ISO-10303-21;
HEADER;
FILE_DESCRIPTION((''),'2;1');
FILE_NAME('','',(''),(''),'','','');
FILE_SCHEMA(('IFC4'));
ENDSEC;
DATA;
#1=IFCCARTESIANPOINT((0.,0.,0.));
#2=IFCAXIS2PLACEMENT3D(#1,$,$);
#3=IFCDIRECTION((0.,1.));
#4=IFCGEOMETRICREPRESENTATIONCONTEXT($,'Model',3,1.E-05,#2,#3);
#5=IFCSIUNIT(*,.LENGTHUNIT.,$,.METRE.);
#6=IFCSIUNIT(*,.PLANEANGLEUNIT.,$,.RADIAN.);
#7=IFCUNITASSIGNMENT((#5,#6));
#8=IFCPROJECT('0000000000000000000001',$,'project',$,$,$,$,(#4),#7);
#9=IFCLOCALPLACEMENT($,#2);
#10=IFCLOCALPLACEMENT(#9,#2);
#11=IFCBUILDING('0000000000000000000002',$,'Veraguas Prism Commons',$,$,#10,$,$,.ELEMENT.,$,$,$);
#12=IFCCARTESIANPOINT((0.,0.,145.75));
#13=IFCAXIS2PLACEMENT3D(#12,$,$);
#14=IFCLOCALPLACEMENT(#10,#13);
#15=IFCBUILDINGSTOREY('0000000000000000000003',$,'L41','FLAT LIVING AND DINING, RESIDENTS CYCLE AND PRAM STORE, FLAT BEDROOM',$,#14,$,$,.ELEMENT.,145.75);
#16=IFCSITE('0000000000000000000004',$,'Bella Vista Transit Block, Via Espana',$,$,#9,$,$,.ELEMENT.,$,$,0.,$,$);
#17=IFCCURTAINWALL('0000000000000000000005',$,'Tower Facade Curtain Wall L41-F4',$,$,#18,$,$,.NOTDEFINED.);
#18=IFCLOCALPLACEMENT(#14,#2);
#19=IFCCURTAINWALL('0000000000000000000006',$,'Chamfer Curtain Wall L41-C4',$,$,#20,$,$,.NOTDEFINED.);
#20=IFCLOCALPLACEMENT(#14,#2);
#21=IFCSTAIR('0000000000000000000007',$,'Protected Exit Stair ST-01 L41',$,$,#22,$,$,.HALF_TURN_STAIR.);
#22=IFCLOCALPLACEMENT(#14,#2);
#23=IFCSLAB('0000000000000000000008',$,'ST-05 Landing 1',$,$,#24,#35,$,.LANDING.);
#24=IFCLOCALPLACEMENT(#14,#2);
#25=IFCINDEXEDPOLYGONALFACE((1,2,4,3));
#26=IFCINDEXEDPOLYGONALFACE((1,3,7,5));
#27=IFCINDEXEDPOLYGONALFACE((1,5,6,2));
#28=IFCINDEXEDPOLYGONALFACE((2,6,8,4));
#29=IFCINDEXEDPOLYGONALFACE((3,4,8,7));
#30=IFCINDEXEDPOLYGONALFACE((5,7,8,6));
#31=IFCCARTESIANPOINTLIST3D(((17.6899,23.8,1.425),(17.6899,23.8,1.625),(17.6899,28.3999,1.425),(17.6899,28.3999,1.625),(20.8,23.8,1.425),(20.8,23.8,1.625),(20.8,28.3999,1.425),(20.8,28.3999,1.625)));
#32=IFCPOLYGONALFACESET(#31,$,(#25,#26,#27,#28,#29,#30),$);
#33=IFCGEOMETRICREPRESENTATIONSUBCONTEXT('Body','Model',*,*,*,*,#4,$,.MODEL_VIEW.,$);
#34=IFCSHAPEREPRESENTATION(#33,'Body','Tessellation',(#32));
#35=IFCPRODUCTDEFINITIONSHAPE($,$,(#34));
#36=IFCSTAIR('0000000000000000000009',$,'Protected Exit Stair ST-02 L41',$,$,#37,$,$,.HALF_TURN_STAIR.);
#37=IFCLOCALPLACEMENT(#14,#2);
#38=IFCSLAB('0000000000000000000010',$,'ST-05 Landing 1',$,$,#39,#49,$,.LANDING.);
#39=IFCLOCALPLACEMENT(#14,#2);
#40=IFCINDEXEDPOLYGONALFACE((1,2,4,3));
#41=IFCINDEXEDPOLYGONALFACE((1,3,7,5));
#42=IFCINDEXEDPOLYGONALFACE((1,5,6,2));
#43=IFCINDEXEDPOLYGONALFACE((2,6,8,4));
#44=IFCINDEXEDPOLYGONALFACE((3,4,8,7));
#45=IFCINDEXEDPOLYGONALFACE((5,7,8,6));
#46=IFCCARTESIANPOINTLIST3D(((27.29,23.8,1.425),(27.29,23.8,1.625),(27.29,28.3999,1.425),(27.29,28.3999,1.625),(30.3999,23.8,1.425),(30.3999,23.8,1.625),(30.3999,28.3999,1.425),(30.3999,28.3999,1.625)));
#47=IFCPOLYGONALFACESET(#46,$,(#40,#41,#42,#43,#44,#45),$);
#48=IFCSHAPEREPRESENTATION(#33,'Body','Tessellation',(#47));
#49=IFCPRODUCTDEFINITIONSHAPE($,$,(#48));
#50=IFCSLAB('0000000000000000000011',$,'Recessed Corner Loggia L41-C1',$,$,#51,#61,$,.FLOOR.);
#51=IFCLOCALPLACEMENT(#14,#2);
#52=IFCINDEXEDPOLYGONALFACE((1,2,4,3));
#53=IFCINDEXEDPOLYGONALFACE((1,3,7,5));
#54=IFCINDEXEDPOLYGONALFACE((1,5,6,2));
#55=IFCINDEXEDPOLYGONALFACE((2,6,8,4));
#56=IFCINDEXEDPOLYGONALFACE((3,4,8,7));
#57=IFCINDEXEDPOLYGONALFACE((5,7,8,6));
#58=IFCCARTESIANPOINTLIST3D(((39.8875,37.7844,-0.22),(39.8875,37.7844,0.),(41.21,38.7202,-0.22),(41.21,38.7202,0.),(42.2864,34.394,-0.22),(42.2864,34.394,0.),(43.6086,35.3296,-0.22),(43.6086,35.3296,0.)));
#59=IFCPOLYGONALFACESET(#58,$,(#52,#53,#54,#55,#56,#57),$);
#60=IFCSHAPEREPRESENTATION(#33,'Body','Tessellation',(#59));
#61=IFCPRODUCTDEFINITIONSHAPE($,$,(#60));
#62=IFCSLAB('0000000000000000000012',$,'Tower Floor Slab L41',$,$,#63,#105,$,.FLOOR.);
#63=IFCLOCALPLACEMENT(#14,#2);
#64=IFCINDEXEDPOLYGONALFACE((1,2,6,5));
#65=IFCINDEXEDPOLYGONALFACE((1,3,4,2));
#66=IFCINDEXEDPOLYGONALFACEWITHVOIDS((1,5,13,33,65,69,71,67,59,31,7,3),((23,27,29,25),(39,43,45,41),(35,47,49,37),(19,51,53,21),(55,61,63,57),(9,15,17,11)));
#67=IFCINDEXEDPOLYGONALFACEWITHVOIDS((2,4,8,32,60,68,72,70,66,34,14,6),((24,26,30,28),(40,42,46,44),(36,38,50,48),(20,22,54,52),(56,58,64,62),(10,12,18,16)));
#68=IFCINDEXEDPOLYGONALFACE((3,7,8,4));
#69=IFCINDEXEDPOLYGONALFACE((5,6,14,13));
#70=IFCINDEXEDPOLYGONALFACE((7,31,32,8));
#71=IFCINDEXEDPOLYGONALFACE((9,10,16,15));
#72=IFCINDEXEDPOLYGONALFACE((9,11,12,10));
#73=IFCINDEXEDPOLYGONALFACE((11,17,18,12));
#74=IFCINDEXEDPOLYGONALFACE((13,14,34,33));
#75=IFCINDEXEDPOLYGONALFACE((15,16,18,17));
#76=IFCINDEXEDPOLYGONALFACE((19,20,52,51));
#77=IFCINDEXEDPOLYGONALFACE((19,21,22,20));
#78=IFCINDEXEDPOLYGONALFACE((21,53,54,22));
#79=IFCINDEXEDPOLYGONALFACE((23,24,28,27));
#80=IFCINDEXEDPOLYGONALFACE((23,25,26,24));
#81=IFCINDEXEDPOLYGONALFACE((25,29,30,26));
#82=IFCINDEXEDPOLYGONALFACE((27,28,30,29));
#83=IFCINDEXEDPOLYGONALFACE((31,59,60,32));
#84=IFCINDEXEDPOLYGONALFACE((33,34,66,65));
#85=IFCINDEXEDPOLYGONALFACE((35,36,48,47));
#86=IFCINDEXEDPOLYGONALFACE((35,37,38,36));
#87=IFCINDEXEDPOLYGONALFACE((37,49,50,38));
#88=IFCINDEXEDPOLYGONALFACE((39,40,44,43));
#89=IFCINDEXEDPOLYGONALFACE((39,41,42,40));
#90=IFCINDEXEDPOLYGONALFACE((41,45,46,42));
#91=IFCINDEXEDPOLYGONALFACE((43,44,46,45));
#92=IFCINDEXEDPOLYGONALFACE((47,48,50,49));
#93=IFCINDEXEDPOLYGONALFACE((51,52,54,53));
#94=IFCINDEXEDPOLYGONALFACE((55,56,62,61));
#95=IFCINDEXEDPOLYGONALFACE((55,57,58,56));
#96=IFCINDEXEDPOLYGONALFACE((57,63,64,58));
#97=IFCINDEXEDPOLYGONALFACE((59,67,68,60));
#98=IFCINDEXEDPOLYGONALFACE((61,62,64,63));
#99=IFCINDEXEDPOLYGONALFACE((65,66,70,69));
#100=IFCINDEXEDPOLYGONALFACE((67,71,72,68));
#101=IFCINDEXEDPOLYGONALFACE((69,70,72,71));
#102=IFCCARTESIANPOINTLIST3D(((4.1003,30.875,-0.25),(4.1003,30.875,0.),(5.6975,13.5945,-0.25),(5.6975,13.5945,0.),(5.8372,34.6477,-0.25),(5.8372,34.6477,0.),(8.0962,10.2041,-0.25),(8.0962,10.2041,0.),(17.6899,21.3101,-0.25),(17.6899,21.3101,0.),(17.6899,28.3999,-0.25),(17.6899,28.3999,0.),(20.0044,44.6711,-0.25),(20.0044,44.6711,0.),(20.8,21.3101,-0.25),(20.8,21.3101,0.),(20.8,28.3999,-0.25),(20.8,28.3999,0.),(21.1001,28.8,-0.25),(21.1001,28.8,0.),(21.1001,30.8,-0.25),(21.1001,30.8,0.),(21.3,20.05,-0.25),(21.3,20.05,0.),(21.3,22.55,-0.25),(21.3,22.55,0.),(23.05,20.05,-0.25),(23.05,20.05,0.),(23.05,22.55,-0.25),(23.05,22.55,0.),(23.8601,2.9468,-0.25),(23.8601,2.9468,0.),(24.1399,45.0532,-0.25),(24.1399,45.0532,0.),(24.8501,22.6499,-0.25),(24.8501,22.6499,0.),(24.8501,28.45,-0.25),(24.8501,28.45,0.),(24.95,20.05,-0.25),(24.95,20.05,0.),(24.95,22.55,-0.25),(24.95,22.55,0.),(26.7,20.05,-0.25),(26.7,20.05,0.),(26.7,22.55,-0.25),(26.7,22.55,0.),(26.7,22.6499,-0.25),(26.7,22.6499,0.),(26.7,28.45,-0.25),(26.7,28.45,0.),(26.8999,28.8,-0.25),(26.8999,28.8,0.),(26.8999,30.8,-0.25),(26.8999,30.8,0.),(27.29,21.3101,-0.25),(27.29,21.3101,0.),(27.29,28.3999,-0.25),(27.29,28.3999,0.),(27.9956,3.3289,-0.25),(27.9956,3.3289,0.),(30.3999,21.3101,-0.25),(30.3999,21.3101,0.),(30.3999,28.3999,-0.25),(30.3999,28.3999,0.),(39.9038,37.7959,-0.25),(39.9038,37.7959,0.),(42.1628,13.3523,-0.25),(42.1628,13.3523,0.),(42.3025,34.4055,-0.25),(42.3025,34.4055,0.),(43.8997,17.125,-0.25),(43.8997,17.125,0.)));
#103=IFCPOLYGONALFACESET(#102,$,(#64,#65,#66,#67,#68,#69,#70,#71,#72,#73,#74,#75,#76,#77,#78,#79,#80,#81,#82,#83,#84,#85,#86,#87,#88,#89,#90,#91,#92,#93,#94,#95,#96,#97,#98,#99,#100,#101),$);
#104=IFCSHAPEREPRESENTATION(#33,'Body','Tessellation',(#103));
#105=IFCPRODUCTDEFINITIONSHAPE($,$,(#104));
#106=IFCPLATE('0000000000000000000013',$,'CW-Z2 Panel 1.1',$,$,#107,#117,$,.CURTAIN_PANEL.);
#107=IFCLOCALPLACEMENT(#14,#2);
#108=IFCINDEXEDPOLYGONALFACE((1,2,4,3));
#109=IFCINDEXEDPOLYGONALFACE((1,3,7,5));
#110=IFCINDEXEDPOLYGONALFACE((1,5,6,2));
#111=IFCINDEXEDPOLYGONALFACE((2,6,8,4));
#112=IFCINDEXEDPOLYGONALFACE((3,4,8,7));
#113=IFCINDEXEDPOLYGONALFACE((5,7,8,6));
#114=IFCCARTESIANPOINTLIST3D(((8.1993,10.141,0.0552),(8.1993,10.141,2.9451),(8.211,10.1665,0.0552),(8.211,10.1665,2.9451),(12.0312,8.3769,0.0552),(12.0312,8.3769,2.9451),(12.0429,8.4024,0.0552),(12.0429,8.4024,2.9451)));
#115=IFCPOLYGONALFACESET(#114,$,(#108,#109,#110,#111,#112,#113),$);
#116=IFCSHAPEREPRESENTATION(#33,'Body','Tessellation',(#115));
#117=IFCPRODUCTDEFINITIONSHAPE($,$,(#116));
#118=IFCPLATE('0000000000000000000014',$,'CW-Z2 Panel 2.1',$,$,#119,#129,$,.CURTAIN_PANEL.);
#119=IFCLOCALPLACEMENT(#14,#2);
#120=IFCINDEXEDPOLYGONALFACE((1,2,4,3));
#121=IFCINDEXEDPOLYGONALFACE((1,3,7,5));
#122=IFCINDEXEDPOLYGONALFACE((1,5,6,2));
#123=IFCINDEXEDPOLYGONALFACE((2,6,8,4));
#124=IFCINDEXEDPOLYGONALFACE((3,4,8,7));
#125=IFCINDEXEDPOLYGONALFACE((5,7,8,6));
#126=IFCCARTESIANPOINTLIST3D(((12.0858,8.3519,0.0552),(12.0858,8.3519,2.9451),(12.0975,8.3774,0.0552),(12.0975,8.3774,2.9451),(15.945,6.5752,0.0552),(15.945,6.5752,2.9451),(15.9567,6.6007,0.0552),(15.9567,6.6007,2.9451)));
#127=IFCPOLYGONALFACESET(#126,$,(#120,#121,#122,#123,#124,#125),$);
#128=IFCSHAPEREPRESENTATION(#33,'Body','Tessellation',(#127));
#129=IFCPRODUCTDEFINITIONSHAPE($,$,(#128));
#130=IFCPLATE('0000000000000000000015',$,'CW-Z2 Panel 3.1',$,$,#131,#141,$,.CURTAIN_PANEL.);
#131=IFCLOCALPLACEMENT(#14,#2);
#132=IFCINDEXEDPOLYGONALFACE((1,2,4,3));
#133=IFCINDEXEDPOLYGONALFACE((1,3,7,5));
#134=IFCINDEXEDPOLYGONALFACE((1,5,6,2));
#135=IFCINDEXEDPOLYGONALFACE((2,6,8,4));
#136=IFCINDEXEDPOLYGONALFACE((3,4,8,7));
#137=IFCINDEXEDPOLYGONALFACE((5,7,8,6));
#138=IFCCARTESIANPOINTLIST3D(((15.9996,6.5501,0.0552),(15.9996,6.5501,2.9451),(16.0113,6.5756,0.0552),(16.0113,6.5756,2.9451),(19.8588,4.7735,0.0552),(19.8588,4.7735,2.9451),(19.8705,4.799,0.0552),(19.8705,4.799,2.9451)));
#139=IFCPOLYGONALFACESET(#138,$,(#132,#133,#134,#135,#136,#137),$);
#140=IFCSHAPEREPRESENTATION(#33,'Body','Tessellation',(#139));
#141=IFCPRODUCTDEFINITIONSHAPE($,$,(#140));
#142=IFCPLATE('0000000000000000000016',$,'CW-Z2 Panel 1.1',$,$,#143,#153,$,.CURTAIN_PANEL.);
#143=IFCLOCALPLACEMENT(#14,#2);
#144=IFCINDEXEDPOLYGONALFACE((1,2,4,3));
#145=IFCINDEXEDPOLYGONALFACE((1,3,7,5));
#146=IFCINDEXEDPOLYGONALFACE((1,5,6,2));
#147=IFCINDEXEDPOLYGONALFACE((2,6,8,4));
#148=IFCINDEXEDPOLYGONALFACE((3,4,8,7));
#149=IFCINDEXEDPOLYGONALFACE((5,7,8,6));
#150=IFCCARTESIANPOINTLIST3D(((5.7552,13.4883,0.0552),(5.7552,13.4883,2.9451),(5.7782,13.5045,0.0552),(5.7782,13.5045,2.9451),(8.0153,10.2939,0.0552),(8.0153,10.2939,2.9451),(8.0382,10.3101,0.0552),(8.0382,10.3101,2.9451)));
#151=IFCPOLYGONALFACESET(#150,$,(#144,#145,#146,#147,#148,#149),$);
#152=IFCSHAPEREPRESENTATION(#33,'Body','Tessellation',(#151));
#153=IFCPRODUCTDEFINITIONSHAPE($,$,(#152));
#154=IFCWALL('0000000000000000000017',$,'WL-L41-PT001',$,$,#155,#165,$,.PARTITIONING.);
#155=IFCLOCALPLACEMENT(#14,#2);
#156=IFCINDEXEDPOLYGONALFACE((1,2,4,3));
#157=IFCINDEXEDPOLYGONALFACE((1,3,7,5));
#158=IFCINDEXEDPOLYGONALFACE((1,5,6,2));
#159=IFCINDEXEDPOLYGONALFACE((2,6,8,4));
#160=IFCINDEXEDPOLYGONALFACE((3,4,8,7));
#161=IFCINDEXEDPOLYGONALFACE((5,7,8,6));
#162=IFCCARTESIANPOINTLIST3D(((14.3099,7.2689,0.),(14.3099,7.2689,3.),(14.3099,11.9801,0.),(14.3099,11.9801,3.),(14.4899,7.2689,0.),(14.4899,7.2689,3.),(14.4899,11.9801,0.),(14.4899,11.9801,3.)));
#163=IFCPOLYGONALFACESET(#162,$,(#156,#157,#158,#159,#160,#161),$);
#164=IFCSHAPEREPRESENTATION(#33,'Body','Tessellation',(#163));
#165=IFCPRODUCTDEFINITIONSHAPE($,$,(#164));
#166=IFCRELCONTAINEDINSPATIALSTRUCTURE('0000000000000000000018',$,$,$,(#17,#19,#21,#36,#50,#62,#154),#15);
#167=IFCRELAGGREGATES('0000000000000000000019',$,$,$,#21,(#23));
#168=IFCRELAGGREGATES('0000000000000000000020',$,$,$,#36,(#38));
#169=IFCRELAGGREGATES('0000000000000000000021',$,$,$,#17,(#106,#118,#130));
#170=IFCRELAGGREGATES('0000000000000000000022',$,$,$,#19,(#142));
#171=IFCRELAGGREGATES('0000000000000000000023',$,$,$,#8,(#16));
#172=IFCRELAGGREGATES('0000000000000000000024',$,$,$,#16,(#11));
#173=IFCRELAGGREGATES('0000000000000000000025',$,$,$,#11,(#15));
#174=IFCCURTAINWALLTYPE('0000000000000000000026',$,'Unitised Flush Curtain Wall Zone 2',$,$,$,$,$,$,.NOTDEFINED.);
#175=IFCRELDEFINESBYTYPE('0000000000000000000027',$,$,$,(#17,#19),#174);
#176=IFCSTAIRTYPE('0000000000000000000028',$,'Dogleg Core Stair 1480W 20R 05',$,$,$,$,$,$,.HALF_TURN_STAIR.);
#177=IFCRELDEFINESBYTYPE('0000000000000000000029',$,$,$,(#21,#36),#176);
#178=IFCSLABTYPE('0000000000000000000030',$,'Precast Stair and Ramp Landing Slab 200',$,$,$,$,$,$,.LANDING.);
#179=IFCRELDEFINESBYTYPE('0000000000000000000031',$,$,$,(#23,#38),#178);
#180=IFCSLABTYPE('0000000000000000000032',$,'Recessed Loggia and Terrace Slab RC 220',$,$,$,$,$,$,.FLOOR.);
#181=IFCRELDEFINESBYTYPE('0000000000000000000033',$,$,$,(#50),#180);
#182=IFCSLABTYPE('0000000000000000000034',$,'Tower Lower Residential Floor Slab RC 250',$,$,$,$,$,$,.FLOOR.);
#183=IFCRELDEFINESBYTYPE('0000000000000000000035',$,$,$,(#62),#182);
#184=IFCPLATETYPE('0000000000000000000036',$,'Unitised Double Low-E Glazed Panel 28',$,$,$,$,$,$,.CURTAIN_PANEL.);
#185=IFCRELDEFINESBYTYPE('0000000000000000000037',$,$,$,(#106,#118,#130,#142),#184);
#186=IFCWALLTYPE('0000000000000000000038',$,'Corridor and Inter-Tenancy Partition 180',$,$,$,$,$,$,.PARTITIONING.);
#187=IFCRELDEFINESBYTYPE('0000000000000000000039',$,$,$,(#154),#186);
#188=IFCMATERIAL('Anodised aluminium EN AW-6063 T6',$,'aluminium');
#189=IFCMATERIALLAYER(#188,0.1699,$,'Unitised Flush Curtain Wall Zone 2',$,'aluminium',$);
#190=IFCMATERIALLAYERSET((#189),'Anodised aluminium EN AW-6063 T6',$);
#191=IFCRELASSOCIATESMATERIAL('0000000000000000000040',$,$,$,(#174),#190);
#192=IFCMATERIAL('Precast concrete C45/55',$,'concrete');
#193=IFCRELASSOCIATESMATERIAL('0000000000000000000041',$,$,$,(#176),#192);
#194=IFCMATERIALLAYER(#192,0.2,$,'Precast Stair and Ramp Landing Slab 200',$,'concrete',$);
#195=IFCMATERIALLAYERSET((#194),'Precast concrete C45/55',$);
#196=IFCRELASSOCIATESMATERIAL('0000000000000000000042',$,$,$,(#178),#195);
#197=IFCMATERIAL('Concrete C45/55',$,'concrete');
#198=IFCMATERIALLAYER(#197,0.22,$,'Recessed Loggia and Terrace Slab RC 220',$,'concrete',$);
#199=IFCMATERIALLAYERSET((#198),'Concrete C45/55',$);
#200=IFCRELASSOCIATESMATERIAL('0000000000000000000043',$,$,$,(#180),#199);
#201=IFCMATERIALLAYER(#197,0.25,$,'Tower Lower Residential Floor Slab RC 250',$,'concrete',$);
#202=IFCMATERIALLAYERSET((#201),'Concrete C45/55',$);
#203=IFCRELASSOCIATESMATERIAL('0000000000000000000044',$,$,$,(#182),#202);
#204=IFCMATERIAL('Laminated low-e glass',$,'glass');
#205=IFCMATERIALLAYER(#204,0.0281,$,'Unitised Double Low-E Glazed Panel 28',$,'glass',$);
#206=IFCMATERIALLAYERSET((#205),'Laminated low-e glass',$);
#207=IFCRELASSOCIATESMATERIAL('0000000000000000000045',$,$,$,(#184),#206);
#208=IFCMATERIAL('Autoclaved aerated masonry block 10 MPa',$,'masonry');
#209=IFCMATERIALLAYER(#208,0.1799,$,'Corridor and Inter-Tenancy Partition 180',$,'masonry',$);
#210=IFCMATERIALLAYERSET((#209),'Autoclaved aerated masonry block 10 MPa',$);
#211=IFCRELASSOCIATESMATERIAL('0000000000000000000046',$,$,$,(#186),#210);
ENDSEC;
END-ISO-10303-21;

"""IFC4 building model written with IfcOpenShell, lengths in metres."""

from ifc_helpers import new_model, si_unit, direction, frame, frame_2d, origin, origin_2d, place, context, subcontext, project, spatial, polyline, rectangle, outline, extrude, source, transform, mapped, material, layer, layer_set, type_object, element, aggregate, save


model = new_model("IFC4")

# Units and contexts
model_context = context("Model", 3, precision=1e-05, world=origin(), true_north=direction((0.0, 1.0)))
body_context = subcontext(model_context, "Body", "Model", "MODEL_VIEW")
ifc_project = project(units=[si_unit("LENGTHUNIT", "METRE"), si_unit("PLANEANGLEUNIT", "RADIAN")], contexts=[model_context])

# Site, building, storey
site_placement = place(None, origin())
site = spatial("IfcSite", under=ifc_project, at=site_placement, Name="Bella Vista Transit Block, Via Espana", CompositionType="ELEMENT", RefElevation=0.0)
building_placement = place(site_placement, origin())
building = spatial("IfcBuilding", under=site, at=building_placement, Name="Veraguas Prism Commons", CompositionType="ELEMENT")
storey_placement = place(building_placement, frame((0.0, 0.0, 145.75)))
storey = spatial("IfcBuildingStorey", under=building, at=storey_placement, Name="L41", Description="FLAT LIVING AND DINING, RESIDENTS CYCLE AND PRAM STORE, FLAT BEDROOM", CompositionType="ELEMENT", Elevation=145.75)

# Curtain wall
ifc_material_1 = material(Name="Anodised aluminium EN AW-6063 T6", Category="aluminium")
ifc_layer_1 = layer(ifc_material_1, 0.1699, Name="Unitised Flush Curtain Wall Zone 2", Category="aluminium")
ifc_layer_set_1 = layer_set([ifc_layer_1], Name="Anodised aluminium EN AW-6063 T6")
curtain_wall_type = type_object("IfcCurtainWallType", Name="Unitised Flush Curtain Wall Zone 2", PredefinedType="NOTDEFINED", material=ifc_layer_set_1)
curtain_wall_1_placement = place(storey_placement, origin())
curtain_wall_1 = element("IfcCurtainWall", 1, at=curtain_wall_1_placement, inside=storey, type_object=curtain_wall_type, Name="Tower Facade Curtain Wall L41-F4", PredefinedType="NOTDEFINED")

# Curtain wall
curtain_wall_2_placement = place(storey_placement, origin())
curtain_wall_2 = element("IfcCurtainWall", 2, at=curtain_wall_2_placement, inside=storey, type_object=curtain_wall_type, Name="Chamfer Curtain Wall L41-C4", PredefinedType="NOTDEFINED")

# Stairs, slabs
ifc_material_2 = material(Name="Precast concrete C45/55", Category="concrete")
stair_type = type_object("IfcStairType", Name="Dogleg Core Stair 1480W 20R 05", PredefinedType="HALF_TURN_STAIR", material=ifc_material_2)
stair_1_placement = place(storey_placement, origin())
stair_1 = element("IfcStair", 3, at=stair_1_placement, inside=storey, type_object=stair_type, Name="Protected Exit Stair ST-01 L41", PredefinedType="HALF_TURN_STAIR")
ifc_layer_2 = layer(ifc_material_2, 0.2, Name="Precast Stair and Ramp Landing Slab 200", Category="concrete")
ifc_layer_set_2 = layer_set([ifc_layer_2], Name="Precast concrete C45/55")
slab_type_1 = type_object("IfcSlabType", Name="Precast Stair and Ramp Landing Slab 200", PredefinedType="LANDING", material=ifc_layer_set_2)
slab_1_placement = place(storey_placement, frame((0.0, 0.0, 1.425)))
slab_1 = element("IfcSlab", 4, at=slab_1_placement, type_object=slab_type_1, Name="ST-05 Landing 1", PredefinedType="LANDING", context=body_context, shape_type="SweptSolid", body=[
    extrude(outline(polyline([(20.8, 23.8), (20.8, 28.3999), (17.6899, 28.3999), (17.6899, 23.8), (20.8, 23.8)])), origin(), (0.0, 0.0, 1.0), 0.2),
])
aggregate(stair_1, [slab_1])
stair_2_placement = place(storey_placement, origin())
stair_2 = element("IfcStair", 5, at=stair_2_placement, inside=storey, type_object=stair_type, Name="Protected Exit Stair ST-02 L41", PredefinedType="HALF_TURN_STAIR")
slab_2_placement = place(storey_placement, frame((0.0, 0.0, 1.425)))
slab_2 = element("IfcSlab", 6, at=slab_2_placement, type_object=slab_type_1, Name="ST-05 Landing 1", PredefinedType="LANDING", context=body_context, shape_type="SweptSolid", body=[
    extrude(outline(polyline([(30.3999, 23.8), (30.3999, 28.3999), (27.29, 28.3999), (27.29, 23.8), (30.3999, 23.8)])), origin(), (0.0, 0.0, 1.0), 0.2),
])
aggregate(stair_2, [slab_2])

# Slabs
ifc_material_3 = material(Name="Concrete C45/55", Category="concrete")
ifc_layer_3 = layer(ifc_material_3, 0.22, Name="Recessed Loggia and Terrace Slab RC 220", Category="concrete")
ifc_layer_set_3 = layer_set([ifc_layer_3], Name="Concrete C45/55")
slab_type_2 = type_object("IfcSlabType", Name="Recessed Loggia and Terrace Slab RC 220", PredefinedType="FLOOR", material=ifc_layer_set_3)
slab_3_placement = place(storey_placement, frame((0.0, 0.0, -0.22)))
element("IfcSlab", 7, at=slab_3_placement, inside=storey, type_object=slab_type_2, Name="Recessed Corner Loggia L41-C1", PredefinedType="FLOOR", context=body_context, shape_type="SweptSolid", body=[
    extrude(outline(polyline([(42.2864, 34.394), (43.6086, 35.3296), (41.21, 38.7202), (39.8875, 37.7844), (42.2864, 34.394)])), origin(), (0.0, 0.0, 1.0), 0.22),
])
ifc_layer_4 = layer(ifc_material_3, 0.25, Name="Tower Lower Residential Floor Slab RC 250", Category="concrete")
ifc_layer_set_4 = layer_set([ifc_layer_4], Name="Concrete C45/55")
slab_type_3 = type_object("IfcSlabType", Name="Tower Lower Residential Floor Slab RC 250", PredefinedType="FLOOR", material=ifc_layer_set_4)
slab_4_placement = place(storey_placement, frame((0.0, 0.0, -0.25)))
element("IfcSlab", 8, at=slab_4_placement, inside=storey, type_object=slab_type_3, Name="Tower Floor Slab L41", PredefinedType="FLOOR", context=body_context, shape_type="SweptSolid", body=[
    extrude(outline(polyline([(42.3025, 34.4055), (39.9038, 37.7959), (24.1399, 45.0532), (20.0044, 44.6711), (5.8372, 34.6477), (4.1003, 30.875), (5.6975, 13.5945), (8.0962, 10.2041), (23.8601, 2.9468), (27.9956, 3.3289), (42.1628, 13.3523), (43.8997, 17.125), (42.3025, 34.4055)]), holes=[polyline([(20.8, 21.3101), (20.8, 28.3999), (17.6899, 28.3999), (17.6899, 21.3101), (20.8, 21.3101)]), polyline([(30.3999, 21.3101), (30.3999, 28.3999), (27.29, 28.3999), (27.29, 21.3101), (30.3999, 21.3101)]), polyline([(24.8501, 22.6499), (26.7, 22.6499), (26.7, 28.45), (24.8501, 28.45), (24.8501, 22.6499)]), polyline([(21.1001, 28.8), (26.8999, 28.8), (26.8999, 30.8), (21.1001, 30.8), (21.1001, 28.8)]), polyline([(21.3, 20.05), (23.05, 20.05), (23.05, 22.55), (21.3, 22.55), (21.3, 20.05)]), polyline([(24.95, 20.05), (26.7, 20.05), (26.7, 22.55), (24.95, 22.55), (24.95, 20.05)])]), origin(), (0.0, 0.0, 1.0), 0.25),
])

# Plates
ifc_material_4 = material(Name="Laminated low-e glass", Category="glass")
ifc_layer_5 = layer(ifc_material_4, 0.0281, Name="Unitised Double Low-E Glazed Panel 28", Category="glass")
ifc_layer_set_5 = layer_set([ifc_layer_5], Name="Laminated low-e glass")
plate_type = type_object("IfcPlateType", Name="Unitised Double Low-E Glazed Panel 28", PredefinedType="CURTAIN_PANEL", material=ifc_layer_set_5)
shared_shape_1 = source(origin(), body_context, "Body", "SweptSolid", [
    extrude(rectangle(XDim=4.2185, YDim=0.0281, at=origin_2d()), origin(), (0.0, 0.0, 1.0), 2.8899),
])
plate_1_placement = place(storey_placement, frame((10.1211, 9.2717, 0.0552), z_axis=(0.0, 0.0, 1.0), x_axis=(0.908363, -0.418183, 0.0)))
plate_1 = element("IfcPlate", 9, at=plate_1_placement, type_object=plate_type, Name="CW-Z2 Panel 1.1", PredefinedType="CURTAIN_PANEL", context=body_context, shape_type="MappedRepresentation", body=[
    mapped(shared_shape_1, transform((0.0, 0.0, 0.0), scale=1.0)),
])
shared_shape_2 = source(origin(), body_context, "Body", "SweptSolid", [
    extrude(rectangle(XDim=4.2485, YDim=0.0281, at=origin_2d()), origin(), (0.0, 0.0, 1.0), 2.8899),
])
plate_2_placement = place(storey_placement, frame((14.0212, 7.4763, 0.0552), z_axis=(0.0, 0.0, 1.0), x_axis=(0.908363, -0.418183, 0.0)))
plate_2 = element("IfcPlate", 10, at=plate_2_placement, type_object=plate_type, Name="CW-Z2 Panel 2.1", PredefinedType="CURTAIN_PANEL", context=body_context, shape_type="MappedRepresentation", body=[
    mapped(shared_shape_2, transform((0.0, 0.0, 0.0), scale=1.0)),
])
plate_3_placement = place(storey_placement, frame((17.9351, 5.6746, 0.0552), z_axis=(0.0, 0.0, 1.0), x_axis=(0.908363, -0.418183, 0.0)))
plate_3 = element("IfcPlate", 11, at=plate_3_placement, type_object=plate_type, Name="CW-Z2 Panel 3.1", PredefinedType="CURTAIN_PANEL", context=body_context, shape_type="MappedRepresentation", body=[
    mapped(shared_shape_2, transform((0.0, 0.0, 0.0), scale=1.0)),
])
aggregate(curtain_wall_1, [plate_1, plate_2, plate_3])
shared_shape_3 = source(origin(), body_context, "Body", "SweptSolid", [
    extrude(rectangle(XDim=3.9131, YDim=0.0281, at=origin_2d()), origin(), (0.0, 0.0, 1.0), 2.8899),
])
plate_4_placement = place(storey_placement, frame((6.8967, 11.8992, 0.0552), z_axis=(0.0, 0.0, 1.0), x_axis=(0.577568, -0.816342, 0.0)))
plate_4 = element("IfcPlate", 12, at=plate_4_placement, type_object=plate_type, Name="CW-Z2 Panel 1.1", PredefinedType="CURTAIN_PANEL", context=body_context, shape_type="MappedRepresentation", body=[
    mapped(shared_shape_3, transform((0.0, 0.0, 0.0), scale=1.0)),
])
aggregate(curtain_wall_2, [plate_4])

# Wall
ifc_material_5 = material(Name="Autoclaved aerated masonry block 10 MPa", Category="masonry")
ifc_layer_6 = layer(ifc_material_5, 0.1799, Name="Corridor and Inter-Tenancy Partition 180", Category="masonry")
ifc_layer_set_6 = layer_set([ifc_layer_6], Name="Autoclaved aerated masonry block 10 MPa")
wall_type_1 = type_object("IfcWallType", Name="Corridor and Inter-Tenancy Partition 180", PredefinedType="PARTITIONING", material=ifc_layer_set_6)
wall_1_placement = place(storey_placement, frame((14.3999, 11.98, 0.0), z_axis=(0.0, 0.0, 1.0), x_axis=(0.0, -1.0, 0.0)))
element("IfcWall", 13, at=wall_1_placement, inside=storey, type_object=wall_type_1, Name="WL-L41-PT001", PredefinedType="PARTITIONING", context=body_context, shape_type="SweptSolid", body=[
    extrude(rectangle(XDim=4.7112, YDim=0.1799, at=frame_2d((2.3555, 0.0))), origin(), (0.0, 0.0, 1.0), 3.0),
])

save(model, "model.ifc")
